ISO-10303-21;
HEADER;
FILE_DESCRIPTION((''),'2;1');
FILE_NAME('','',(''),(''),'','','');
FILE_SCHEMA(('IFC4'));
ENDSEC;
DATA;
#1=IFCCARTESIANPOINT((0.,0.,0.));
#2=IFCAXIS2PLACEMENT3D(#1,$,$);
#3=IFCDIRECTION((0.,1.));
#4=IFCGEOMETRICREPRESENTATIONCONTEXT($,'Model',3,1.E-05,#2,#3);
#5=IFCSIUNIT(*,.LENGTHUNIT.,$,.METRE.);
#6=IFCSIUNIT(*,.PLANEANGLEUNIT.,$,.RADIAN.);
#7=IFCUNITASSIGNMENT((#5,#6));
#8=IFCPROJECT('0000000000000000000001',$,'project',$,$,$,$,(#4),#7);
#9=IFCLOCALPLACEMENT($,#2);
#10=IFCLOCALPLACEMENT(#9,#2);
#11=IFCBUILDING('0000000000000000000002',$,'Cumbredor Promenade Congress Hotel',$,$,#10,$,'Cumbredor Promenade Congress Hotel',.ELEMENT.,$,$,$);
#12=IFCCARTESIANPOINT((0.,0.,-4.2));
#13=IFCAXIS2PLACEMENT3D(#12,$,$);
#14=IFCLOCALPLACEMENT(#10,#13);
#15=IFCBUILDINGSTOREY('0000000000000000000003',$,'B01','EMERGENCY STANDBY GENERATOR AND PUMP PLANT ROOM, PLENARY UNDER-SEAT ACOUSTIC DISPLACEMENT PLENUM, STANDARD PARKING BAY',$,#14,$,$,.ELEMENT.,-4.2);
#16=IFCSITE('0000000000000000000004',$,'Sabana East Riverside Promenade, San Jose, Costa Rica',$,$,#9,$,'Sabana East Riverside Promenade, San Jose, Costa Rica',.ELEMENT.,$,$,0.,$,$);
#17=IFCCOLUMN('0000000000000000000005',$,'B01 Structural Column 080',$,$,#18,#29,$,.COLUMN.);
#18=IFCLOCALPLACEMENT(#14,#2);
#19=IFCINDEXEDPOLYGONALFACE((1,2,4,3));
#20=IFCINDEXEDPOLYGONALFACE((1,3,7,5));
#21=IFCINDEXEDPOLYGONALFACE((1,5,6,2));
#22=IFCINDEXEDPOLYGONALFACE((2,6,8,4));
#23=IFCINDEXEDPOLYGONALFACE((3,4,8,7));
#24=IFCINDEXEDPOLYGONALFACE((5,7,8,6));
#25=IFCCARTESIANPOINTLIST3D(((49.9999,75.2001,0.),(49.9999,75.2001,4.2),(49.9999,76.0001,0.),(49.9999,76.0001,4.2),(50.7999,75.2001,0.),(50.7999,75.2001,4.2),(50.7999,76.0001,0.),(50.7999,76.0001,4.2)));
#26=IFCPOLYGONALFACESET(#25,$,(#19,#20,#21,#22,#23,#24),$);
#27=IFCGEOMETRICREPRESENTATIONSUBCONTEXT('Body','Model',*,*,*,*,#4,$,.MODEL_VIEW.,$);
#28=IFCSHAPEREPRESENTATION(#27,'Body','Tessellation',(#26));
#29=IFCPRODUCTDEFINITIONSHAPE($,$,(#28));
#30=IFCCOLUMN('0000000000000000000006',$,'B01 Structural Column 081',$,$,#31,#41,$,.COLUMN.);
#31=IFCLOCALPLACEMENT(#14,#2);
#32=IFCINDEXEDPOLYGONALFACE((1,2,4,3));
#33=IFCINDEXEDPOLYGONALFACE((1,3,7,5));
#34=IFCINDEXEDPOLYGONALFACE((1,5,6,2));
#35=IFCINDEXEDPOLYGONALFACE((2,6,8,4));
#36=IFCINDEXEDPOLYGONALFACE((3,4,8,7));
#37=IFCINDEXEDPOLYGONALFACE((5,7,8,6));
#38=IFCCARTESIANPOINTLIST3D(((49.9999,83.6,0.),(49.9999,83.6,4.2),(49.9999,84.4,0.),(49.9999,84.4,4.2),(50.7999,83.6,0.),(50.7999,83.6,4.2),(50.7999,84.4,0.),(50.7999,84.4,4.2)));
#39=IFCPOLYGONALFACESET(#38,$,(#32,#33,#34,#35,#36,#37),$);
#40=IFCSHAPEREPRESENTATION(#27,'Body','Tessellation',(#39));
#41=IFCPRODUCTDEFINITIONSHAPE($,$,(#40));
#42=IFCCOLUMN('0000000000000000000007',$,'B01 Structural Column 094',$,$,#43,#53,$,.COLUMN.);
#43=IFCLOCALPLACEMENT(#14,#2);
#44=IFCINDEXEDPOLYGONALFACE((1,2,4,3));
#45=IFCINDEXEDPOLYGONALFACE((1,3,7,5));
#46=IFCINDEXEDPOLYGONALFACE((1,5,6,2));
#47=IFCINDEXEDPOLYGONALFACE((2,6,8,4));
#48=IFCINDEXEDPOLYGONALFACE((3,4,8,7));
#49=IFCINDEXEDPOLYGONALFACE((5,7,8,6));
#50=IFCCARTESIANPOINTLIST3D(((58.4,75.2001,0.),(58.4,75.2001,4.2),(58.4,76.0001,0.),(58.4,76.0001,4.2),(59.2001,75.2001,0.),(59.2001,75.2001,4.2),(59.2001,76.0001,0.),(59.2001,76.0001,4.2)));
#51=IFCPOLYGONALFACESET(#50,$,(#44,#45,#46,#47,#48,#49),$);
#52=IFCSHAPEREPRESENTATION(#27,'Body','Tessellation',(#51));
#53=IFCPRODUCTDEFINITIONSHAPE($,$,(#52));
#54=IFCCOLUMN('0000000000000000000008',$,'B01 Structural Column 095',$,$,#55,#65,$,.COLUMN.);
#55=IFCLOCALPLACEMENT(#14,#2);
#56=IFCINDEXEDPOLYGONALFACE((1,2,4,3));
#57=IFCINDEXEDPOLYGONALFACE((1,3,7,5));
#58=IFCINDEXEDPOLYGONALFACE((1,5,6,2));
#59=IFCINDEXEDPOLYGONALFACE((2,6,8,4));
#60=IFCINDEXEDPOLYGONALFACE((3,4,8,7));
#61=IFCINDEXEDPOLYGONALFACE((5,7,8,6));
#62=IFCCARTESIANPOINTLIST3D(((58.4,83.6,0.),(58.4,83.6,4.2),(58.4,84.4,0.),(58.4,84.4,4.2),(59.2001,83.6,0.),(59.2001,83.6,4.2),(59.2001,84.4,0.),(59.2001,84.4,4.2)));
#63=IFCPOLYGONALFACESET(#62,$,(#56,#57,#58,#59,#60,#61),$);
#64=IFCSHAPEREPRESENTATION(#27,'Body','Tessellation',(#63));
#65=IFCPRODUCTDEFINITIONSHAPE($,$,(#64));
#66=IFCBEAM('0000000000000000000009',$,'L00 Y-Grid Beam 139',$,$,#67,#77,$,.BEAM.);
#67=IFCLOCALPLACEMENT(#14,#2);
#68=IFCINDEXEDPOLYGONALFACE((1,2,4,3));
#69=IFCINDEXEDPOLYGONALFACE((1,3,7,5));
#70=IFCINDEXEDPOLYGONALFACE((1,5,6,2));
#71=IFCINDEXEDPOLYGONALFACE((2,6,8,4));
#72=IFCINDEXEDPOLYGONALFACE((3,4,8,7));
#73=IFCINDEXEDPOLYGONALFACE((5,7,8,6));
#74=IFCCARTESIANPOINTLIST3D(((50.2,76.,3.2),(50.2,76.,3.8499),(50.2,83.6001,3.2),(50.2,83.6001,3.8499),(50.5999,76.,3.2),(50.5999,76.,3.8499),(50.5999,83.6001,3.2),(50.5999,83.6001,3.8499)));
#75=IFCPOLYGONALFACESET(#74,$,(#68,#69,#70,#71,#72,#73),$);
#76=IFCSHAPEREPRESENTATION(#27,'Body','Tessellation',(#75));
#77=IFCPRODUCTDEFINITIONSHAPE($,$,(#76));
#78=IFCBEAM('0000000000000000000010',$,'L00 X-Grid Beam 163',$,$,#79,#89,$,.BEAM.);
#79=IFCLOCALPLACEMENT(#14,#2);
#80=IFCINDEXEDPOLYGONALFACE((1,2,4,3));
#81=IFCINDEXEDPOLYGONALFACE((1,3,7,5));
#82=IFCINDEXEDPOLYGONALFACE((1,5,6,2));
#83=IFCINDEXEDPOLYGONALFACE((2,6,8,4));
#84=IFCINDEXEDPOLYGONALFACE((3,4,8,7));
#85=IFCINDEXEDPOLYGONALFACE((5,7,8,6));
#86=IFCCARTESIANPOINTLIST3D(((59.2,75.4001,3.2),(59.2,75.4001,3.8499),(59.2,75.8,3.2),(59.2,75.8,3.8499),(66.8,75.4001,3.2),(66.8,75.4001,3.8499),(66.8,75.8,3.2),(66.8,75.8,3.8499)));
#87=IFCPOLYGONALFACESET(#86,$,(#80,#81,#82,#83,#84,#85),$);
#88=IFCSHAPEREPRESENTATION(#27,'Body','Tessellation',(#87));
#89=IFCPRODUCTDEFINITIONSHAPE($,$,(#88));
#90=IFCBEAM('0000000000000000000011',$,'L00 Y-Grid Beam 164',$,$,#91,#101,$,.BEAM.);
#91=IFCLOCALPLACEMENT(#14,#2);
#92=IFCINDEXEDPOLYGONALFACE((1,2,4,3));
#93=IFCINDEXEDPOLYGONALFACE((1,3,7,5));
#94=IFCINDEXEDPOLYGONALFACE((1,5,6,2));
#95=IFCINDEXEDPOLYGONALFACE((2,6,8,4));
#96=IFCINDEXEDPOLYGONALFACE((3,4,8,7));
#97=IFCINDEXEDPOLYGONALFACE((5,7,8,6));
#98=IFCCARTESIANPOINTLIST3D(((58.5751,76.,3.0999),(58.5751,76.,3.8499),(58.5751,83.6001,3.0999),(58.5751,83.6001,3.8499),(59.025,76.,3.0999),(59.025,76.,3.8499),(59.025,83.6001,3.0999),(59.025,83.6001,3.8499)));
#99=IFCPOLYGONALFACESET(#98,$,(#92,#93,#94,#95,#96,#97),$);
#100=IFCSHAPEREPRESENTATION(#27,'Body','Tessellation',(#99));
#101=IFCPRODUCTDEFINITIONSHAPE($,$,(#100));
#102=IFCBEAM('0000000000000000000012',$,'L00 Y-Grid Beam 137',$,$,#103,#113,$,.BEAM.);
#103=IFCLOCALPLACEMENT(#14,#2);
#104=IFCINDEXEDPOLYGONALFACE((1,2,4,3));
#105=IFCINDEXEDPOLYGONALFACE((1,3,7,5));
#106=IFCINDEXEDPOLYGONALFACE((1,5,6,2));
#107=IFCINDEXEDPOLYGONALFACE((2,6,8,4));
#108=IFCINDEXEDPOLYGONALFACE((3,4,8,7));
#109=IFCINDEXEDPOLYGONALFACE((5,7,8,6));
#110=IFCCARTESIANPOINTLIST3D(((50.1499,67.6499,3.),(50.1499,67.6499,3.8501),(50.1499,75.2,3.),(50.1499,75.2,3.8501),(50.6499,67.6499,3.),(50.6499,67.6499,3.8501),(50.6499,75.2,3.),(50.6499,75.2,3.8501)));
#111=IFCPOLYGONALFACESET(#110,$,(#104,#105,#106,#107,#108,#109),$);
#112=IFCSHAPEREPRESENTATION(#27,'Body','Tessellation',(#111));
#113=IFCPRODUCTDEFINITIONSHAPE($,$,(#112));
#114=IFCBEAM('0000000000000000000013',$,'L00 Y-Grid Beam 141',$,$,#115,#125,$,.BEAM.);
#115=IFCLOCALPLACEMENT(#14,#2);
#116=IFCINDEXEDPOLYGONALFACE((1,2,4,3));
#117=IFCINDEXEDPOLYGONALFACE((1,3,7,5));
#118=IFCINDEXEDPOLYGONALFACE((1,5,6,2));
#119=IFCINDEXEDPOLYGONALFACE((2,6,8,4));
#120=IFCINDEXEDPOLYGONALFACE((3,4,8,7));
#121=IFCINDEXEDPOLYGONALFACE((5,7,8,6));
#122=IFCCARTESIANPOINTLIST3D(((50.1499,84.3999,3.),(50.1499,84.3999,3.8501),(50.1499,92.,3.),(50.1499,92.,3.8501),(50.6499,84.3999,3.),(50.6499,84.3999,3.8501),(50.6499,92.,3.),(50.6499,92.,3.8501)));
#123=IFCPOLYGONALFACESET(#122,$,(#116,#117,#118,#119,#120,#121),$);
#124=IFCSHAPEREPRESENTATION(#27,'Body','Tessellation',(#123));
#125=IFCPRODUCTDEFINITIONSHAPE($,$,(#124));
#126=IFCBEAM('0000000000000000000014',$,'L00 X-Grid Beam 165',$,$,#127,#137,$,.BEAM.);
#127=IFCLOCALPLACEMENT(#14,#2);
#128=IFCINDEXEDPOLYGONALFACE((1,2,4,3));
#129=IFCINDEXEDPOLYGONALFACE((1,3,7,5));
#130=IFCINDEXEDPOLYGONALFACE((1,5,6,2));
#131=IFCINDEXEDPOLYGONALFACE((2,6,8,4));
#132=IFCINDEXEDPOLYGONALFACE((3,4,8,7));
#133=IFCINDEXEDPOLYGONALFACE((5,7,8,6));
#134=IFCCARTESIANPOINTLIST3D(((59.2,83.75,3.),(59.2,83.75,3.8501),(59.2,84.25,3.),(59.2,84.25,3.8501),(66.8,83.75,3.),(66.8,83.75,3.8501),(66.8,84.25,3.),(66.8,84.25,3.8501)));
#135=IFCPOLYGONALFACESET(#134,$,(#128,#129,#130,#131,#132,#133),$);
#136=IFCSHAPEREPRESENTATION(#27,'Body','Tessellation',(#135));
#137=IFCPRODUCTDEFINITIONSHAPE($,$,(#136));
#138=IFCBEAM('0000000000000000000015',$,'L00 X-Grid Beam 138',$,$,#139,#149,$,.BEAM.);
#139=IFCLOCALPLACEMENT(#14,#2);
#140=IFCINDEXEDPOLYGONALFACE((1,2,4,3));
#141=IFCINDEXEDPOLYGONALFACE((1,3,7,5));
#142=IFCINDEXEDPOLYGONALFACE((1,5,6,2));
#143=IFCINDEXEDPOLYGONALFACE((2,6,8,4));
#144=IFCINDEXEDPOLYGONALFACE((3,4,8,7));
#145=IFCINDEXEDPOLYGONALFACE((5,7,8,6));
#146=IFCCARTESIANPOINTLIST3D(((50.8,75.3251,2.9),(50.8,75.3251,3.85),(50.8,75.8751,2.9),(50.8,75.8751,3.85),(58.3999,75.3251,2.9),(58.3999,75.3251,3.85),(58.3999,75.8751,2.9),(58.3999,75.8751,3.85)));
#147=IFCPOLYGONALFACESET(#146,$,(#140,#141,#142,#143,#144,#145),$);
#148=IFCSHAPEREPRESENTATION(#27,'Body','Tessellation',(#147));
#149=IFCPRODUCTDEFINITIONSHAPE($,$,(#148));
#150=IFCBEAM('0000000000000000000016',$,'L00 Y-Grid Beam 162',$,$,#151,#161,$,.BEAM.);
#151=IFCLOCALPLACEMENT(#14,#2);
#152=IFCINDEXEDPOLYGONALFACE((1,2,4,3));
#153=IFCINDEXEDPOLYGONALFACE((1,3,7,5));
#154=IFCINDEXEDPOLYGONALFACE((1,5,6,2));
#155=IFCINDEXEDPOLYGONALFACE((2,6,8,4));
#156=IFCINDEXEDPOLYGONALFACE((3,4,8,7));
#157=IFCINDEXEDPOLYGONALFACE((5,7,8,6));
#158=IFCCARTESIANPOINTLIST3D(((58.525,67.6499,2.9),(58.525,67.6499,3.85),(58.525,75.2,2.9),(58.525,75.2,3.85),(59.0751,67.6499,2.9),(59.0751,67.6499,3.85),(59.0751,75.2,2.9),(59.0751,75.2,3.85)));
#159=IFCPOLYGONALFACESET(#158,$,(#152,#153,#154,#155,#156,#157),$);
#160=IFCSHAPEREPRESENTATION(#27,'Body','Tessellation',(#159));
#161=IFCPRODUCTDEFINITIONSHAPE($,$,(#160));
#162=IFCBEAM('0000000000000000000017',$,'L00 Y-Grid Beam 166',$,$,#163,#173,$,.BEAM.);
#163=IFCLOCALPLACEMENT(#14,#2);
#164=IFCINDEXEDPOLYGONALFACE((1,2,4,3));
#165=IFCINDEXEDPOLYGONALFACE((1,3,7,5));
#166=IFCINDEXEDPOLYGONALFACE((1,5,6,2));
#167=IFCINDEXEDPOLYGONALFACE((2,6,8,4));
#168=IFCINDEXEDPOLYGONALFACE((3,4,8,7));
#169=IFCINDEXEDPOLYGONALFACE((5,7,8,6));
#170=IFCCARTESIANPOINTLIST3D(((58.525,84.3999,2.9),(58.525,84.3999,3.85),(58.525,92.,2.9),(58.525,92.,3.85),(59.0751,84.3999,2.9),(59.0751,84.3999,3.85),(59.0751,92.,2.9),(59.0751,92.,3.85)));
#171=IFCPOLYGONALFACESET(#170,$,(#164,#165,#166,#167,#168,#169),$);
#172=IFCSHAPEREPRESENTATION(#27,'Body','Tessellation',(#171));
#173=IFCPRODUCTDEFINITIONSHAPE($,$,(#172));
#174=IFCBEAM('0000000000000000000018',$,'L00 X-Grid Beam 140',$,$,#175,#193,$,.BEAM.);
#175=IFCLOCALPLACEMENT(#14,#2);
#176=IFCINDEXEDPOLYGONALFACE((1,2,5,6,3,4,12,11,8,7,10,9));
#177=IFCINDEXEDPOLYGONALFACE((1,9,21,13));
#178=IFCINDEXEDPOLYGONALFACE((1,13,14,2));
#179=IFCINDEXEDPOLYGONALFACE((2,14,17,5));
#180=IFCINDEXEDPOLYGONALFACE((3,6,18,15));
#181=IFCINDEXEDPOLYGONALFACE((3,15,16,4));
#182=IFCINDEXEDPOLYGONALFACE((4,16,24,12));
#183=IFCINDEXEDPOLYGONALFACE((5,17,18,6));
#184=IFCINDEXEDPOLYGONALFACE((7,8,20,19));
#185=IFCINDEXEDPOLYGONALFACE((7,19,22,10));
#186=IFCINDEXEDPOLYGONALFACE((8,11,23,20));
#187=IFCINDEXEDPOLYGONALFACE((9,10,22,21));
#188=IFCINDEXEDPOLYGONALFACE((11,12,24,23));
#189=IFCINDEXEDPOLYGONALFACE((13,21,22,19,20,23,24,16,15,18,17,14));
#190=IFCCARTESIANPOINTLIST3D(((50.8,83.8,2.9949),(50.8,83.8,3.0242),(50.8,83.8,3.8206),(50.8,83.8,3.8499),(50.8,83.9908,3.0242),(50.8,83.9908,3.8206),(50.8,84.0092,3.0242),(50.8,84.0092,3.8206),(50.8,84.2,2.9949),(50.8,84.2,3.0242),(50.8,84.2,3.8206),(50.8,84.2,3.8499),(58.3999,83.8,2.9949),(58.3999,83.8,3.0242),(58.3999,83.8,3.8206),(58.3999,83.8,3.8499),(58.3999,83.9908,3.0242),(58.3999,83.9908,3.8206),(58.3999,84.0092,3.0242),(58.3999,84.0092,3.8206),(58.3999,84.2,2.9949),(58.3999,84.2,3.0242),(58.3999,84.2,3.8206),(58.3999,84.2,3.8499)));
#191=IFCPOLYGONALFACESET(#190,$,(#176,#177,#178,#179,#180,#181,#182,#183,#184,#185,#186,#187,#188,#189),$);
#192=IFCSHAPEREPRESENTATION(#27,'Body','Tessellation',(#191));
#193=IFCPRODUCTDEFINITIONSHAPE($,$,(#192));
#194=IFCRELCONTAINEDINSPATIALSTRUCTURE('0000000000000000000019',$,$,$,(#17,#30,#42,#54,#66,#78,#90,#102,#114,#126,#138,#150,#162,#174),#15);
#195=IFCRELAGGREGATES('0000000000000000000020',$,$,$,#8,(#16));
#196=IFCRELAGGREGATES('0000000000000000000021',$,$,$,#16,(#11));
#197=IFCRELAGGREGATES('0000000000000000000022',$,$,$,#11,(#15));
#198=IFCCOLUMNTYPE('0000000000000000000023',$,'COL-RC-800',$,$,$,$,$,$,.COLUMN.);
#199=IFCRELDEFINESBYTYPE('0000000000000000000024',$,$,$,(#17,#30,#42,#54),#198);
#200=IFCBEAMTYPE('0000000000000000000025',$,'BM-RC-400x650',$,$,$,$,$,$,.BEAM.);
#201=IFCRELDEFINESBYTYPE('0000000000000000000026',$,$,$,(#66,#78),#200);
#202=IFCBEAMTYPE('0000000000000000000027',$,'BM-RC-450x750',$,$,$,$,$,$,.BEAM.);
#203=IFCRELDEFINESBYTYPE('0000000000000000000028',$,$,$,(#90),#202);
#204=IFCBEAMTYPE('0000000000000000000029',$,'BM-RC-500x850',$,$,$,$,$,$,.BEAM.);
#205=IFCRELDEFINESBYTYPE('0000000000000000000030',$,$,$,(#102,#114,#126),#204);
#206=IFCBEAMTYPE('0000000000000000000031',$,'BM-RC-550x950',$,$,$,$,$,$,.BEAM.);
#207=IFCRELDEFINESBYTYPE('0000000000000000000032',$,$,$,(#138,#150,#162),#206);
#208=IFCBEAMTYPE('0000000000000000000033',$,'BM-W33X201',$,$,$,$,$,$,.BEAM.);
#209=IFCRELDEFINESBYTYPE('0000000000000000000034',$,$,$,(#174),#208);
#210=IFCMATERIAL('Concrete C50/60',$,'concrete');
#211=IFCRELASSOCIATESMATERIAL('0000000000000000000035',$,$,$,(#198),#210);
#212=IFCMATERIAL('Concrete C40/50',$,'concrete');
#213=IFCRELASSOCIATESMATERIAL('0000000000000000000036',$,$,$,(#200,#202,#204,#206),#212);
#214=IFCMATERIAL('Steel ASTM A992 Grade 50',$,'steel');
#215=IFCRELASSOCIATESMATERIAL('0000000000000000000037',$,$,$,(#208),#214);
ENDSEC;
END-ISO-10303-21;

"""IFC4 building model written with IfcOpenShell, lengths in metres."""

from ifc_helpers import new_model, si_unit, direction, frame, origin, origin_2d, place, context, subcontext, project, spatial, rectangle, i_section, extrude, material, material_profile, profile_set, type_object, element, save


model = new_model("IFC4")

# Units and contexts
model_context = context("Model", 3, precision=1e-05, world=origin(), true_north=direction((0.0, 1.0)))
body_context = subcontext(model_context, "Body", "Model", "MODEL_VIEW")
ifc_project = project(units=[si_unit("LENGTHUNIT", "METRE"), si_unit("PLANEANGLEUNIT", "RADIAN")], contexts=[model_context])

# Site, building, storey
site_placement = place(None, origin())
site = spatial("IfcSite", under=ifc_project, at=site_placement, Name="Sabana East Riverside Promenade, San Jose, Costa Rica", LongName="Sabana East Riverside Promenade, San Jose, Costa Rica", CompositionType="ELEMENT", RefElevation=0.0)
building_placement = place(site_placement, origin())
building = spatial("IfcBuilding", under=site, at=building_placement, Name="Cumbredor Promenade Congress Hotel", LongName="Cumbredor Promenade Congress Hotel", CompositionType="ELEMENT")
storey_placement = place(building_placement, frame((0.0, 0.0, -4.2)))
storey = spatial("IfcBuildingStorey", under=building, at=storey_placement, Name="B01", Description="EMERGENCY STANDBY GENERATOR AND PUMP PLANT ROOM, PLENARY UNDER-SEAT ACOUSTIC DISPLACEMENT PLENUM, STANDARD PARKING BAY", CompositionType="ELEMENT", Elevation=-4.2)

# Columns
ifc_material_1 = material(Name="Concrete C50/60", Category="concrete")
ifc_material_profile_1 = material_profile(ifc_material_1, rectangle(XDim=0.8, YDim=0.8, at=origin_2d()), Name="RC 800x800")
ifc_profile_set_1 = profile_set([ifc_material_profile_1], Name="Concrete C50/60")
column_type = type_object("IfcColumnType", Name="COL-RC-800", PredefinedType="COLUMN", material=ifc_profile_set_1)
for number, where, z_axis, x_axis, name in (
    (1, (50.3999, 75.6001, 0.0), (0.0, 0.0, 1.0), (1.0, 0.0, 0.0), "B01 Structural Column 080"),
    (2, (50.3999, 84.0, 0.0), (0.0, 0.0, 1.0), (1.0, 0.0, 0.0), "B01 Structural Column 081"),
    (3, (58.8, 75.6001, 0.0), (0.0, 0.0, 1.0), (1.0, 0.0, 0.0), "B01 Structural Column 094"),
    (4, (58.8, 84.0, 0.0), (0.0, 0.0, 1.0), (1.0, 0.0, 0.0), "B01 Structural Column 095"),
):
    element("IfcColumn", number, at=place(storey_placement, frame(where, z_axis=z_axis, x_axis=x_axis)), inside=storey, type_object=column_type, Name=name, PredefinedType="COLUMN", context=body_context, shape_type="SweptSolid", body=[
        extrude(rectangle(XDim=0.8, YDim=0.8, at=origin_2d()), origin(), (0.0, 0.0, 1.0), 4.2),
    ])

# Beams
ifc_material_2 = material(Name="Concrete C40/50", Category="concrete")
ifc_material_profile_2 = material_profile(ifc_material_2, rectangle(XDim=0.3999, YDim=0.6499, at=origin_2d()), Name="RC BEAM 400x650")
ifc_profile_set_2 = profile_set([ifc_material_profile_2], Name="Concrete C40/50")
beam_type_1 = type_object("IfcBeamType", Name="BM-RC-400x650", PredefinedType="BEAM", material=ifc_profile_set_2)
for number, where, z_axis, x_axis, name in (
    (5, (50.3999, 76.0, 3.5249), (0.0, 1.0, 0.0), (-1.0, 0.0, 0.0), "L00 Y-Grid Beam 139"),
    (6, (59.2, 75.6001, 3.5249), (1.0, 0.0, 0.0), (0.0, 1.0, 0.0), "L00 X-Grid Beam 163"),
):
    element("IfcBeam", number, at=place(storey_placement, frame(where, z_axis=z_axis, x_axis=x_axis)), inside=storey, type_object=beam_type_1, Name=name, PredefinedType="BEAM", context=body_context, shape_type="SweptSolid", body=[
        extrude(rectangle(XDim=0.3999, YDim=0.6499, at=origin_2d()), origin(), (0.0, 0.0, 1.0), 7.6001),
    ])
ifc_material_profile_3 = material_profile(ifc_material_2, rectangle(XDim=0.45, YDim=0.75, at=origin_2d()), Name="RC BEAM 450x750")
ifc_profile_set_3 = profile_set([ifc_material_profile_3], Name="Concrete C40/50")
beam_type_2 = type_object("IfcBeamType", Name="BM-RC-450x750", PredefinedType="BEAM", material=ifc_profile_set_3)
beam_1_placement = place(storey_placement, frame((58.8, 76.0, 3.4749), z_axis=(0.0, 1.0, 0.0), x_axis=(-1.0, 0.0, 0.0)))
element("IfcBeam", 7, at=beam_1_placement, inside=storey, type_object=beam_type_2, Name="L00 Y-Grid Beam 164", PredefinedType="BEAM", context=body_context, shape_type="SweptSolid", body=[
    extrude(rectangle(XDim=0.45, YDim=0.75, at=origin_2d()), origin(), (0.0, 0.0, 1.0), 7.6001),
])
ifc_material_profile_4 = material_profile(ifc_material_2, rectangle(XDim=0.5, YDim=0.8501, at=origin_2d()), Name="RC BEAM 500x850")
ifc_profile_set_4 = profile_set([ifc_material_profile_4], Name="Concrete C40/50")
beam_type_3 = type_object("IfcBeamType", Name="BM-RC-500x850", PredefinedType="BEAM", material=ifc_profile_set_4)
beam_2_placement = place(storey_placement, frame((50.3999, 67.6499, 3.425), z_axis=(0.0, 1.0, 0.0), x_axis=(-1.0, 0.0, 0.0)))
element("IfcBeam", 8, at=beam_2_placement, inside=storey, type_object=beam_type_3, Name="L00 Y-Grid Beam 137", PredefinedType="BEAM", context=body_context, shape_type="SweptSolid", body=[
    extrude(rectangle(XDim=0.5, YDim=0.8501, at=origin_2d()), origin(), (0.0, 0.0, 1.0), 7.55),
])
for number, where, z_axis, x_axis, name in (
    (9, (50.3999, 84.3999, 3.425), (0.0, 1.0, 0.0), (-1.0, 0.0, 0.0), "L00 Y-Grid Beam 141"),
    (10, (59.2, 84.0, 3.425), (1.0, 0.0, 0.0), (0.0, 1.0, 0.0), "L00 X-Grid Beam 165"),
):
    element("IfcBeam", number, at=place(storey_placement, frame(where, z_axis=z_axis, x_axis=x_axis)), inside=storey, type_object=beam_type_3, Name=name, PredefinedType="BEAM", context=body_context, shape_type="SweptSolid", body=[
        extrude(rectangle(XDim=0.5, YDim=0.8501, at=origin_2d()), origin(), (0.0, 0.0, 1.0), 7.6001),
    ])
ifc_material_profile_5 = material_profile(ifc_material_2, rectangle(XDim=0.55, YDim=0.95, at=origin_2d()), Name="RC BEAM 550x950")
ifc_profile_set_5 = profile_set([ifc_material_profile_5], Name="Concrete C40/50")
beam_type_4 = type_object("IfcBeamType", Name="BM-RC-550x950", PredefinedType="BEAM", material=ifc_profile_set_5)
beam_3_placement = place(storey_placement, frame((50.8, 75.6001, 3.375), z_axis=(1.0, 0.0, 0.0), x_axis=(0.0, 1.0, 0.0)))
element("IfcBeam", 11, at=beam_3_placement, inside=storey, type_object=beam_type_4, Name="L00 X-Grid Beam 138", PredefinedType="BEAM", context=body_context, shape_type="SweptSolid", body=[
    extrude(rectangle(XDim=0.55, YDim=0.95, at=origin_2d()), origin(), (0.0, 0.0, 1.0), 7.5999),
])
beam_4_placement = place(storey_placement, frame((58.8, 67.6499, 3.375), z_axis=(0.0, 1.0, 0.0), x_axis=(-1.0, 0.0, 0.0)))
element("IfcBeam", 12, at=beam_4_placement, inside=storey, type_object=beam_type_4, Name="L00 Y-Grid Beam 162", PredefinedType="BEAM", context=body_context, shape_type="SweptSolid", body=[
    extrude(rectangle(XDim=0.55, YDim=0.95, at=origin_2d()), origin(), (0.0, 0.0, 1.0), 7.55),
])
beam_5_placement = place(storey_placement, frame((58.8, 84.3999, 3.375), z_axis=(0.0, 1.0, 0.0), x_axis=(-1.0, 0.0, 0.0)))
element("IfcBeam", 13, at=beam_5_placement, inside=storey, type_object=beam_type_4, Name="L00 Y-Grid Beam 166", PredefinedType="BEAM", context=body_context, shape_type="SweptSolid", body=[
    extrude(rectangle(XDim=0.55, YDim=0.95, at=origin_2d()), origin(), (0.0, 0.0, 1.0), 7.6001),
])
ifc_material_3 = material(Name="Steel ASTM A992 Grade 50", Category="steel")
ifc_material_profile_6 = material_profile(ifc_material_3, i_section(OverallWidth=0.3999, OverallDepth=0.855, WebThickness=0.0183, FlangeThickness=0.0293, at=origin_2d()), Name="W33X201")
ifc_profile_set_6 = profile_set([ifc_material_profile_6], Name="Steel ASTM A992 Grade 50")
beam_type_5 = type_object("IfcBeamType", Name="BM-W33X201", PredefinedType="BEAM", material=ifc_profile_set_6)
beam_6_placement = place(storey_placement, frame((50.8, 84.0, 3.4224), z_axis=(1.0, 0.0, 0.0), x_axis=(0.0, 1.0, 0.0)))
element("IfcBeam", 14, at=beam_6_placement, inside=storey, type_object=beam_type_5, Name="L00 X-Grid Beam 140", PredefinedType="BEAM", context=body_context, shape_type="SweptSolid", body=[
    extrude(i_section(OverallWidth=0.3999, OverallDepth=0.855, WebThickness=0.0183, FlangeThickness=0.0293, at=origin_2d()), origin(), (0.0, 0.0, 1.0), 7.5999),
])

save(model, "model.ifc")
